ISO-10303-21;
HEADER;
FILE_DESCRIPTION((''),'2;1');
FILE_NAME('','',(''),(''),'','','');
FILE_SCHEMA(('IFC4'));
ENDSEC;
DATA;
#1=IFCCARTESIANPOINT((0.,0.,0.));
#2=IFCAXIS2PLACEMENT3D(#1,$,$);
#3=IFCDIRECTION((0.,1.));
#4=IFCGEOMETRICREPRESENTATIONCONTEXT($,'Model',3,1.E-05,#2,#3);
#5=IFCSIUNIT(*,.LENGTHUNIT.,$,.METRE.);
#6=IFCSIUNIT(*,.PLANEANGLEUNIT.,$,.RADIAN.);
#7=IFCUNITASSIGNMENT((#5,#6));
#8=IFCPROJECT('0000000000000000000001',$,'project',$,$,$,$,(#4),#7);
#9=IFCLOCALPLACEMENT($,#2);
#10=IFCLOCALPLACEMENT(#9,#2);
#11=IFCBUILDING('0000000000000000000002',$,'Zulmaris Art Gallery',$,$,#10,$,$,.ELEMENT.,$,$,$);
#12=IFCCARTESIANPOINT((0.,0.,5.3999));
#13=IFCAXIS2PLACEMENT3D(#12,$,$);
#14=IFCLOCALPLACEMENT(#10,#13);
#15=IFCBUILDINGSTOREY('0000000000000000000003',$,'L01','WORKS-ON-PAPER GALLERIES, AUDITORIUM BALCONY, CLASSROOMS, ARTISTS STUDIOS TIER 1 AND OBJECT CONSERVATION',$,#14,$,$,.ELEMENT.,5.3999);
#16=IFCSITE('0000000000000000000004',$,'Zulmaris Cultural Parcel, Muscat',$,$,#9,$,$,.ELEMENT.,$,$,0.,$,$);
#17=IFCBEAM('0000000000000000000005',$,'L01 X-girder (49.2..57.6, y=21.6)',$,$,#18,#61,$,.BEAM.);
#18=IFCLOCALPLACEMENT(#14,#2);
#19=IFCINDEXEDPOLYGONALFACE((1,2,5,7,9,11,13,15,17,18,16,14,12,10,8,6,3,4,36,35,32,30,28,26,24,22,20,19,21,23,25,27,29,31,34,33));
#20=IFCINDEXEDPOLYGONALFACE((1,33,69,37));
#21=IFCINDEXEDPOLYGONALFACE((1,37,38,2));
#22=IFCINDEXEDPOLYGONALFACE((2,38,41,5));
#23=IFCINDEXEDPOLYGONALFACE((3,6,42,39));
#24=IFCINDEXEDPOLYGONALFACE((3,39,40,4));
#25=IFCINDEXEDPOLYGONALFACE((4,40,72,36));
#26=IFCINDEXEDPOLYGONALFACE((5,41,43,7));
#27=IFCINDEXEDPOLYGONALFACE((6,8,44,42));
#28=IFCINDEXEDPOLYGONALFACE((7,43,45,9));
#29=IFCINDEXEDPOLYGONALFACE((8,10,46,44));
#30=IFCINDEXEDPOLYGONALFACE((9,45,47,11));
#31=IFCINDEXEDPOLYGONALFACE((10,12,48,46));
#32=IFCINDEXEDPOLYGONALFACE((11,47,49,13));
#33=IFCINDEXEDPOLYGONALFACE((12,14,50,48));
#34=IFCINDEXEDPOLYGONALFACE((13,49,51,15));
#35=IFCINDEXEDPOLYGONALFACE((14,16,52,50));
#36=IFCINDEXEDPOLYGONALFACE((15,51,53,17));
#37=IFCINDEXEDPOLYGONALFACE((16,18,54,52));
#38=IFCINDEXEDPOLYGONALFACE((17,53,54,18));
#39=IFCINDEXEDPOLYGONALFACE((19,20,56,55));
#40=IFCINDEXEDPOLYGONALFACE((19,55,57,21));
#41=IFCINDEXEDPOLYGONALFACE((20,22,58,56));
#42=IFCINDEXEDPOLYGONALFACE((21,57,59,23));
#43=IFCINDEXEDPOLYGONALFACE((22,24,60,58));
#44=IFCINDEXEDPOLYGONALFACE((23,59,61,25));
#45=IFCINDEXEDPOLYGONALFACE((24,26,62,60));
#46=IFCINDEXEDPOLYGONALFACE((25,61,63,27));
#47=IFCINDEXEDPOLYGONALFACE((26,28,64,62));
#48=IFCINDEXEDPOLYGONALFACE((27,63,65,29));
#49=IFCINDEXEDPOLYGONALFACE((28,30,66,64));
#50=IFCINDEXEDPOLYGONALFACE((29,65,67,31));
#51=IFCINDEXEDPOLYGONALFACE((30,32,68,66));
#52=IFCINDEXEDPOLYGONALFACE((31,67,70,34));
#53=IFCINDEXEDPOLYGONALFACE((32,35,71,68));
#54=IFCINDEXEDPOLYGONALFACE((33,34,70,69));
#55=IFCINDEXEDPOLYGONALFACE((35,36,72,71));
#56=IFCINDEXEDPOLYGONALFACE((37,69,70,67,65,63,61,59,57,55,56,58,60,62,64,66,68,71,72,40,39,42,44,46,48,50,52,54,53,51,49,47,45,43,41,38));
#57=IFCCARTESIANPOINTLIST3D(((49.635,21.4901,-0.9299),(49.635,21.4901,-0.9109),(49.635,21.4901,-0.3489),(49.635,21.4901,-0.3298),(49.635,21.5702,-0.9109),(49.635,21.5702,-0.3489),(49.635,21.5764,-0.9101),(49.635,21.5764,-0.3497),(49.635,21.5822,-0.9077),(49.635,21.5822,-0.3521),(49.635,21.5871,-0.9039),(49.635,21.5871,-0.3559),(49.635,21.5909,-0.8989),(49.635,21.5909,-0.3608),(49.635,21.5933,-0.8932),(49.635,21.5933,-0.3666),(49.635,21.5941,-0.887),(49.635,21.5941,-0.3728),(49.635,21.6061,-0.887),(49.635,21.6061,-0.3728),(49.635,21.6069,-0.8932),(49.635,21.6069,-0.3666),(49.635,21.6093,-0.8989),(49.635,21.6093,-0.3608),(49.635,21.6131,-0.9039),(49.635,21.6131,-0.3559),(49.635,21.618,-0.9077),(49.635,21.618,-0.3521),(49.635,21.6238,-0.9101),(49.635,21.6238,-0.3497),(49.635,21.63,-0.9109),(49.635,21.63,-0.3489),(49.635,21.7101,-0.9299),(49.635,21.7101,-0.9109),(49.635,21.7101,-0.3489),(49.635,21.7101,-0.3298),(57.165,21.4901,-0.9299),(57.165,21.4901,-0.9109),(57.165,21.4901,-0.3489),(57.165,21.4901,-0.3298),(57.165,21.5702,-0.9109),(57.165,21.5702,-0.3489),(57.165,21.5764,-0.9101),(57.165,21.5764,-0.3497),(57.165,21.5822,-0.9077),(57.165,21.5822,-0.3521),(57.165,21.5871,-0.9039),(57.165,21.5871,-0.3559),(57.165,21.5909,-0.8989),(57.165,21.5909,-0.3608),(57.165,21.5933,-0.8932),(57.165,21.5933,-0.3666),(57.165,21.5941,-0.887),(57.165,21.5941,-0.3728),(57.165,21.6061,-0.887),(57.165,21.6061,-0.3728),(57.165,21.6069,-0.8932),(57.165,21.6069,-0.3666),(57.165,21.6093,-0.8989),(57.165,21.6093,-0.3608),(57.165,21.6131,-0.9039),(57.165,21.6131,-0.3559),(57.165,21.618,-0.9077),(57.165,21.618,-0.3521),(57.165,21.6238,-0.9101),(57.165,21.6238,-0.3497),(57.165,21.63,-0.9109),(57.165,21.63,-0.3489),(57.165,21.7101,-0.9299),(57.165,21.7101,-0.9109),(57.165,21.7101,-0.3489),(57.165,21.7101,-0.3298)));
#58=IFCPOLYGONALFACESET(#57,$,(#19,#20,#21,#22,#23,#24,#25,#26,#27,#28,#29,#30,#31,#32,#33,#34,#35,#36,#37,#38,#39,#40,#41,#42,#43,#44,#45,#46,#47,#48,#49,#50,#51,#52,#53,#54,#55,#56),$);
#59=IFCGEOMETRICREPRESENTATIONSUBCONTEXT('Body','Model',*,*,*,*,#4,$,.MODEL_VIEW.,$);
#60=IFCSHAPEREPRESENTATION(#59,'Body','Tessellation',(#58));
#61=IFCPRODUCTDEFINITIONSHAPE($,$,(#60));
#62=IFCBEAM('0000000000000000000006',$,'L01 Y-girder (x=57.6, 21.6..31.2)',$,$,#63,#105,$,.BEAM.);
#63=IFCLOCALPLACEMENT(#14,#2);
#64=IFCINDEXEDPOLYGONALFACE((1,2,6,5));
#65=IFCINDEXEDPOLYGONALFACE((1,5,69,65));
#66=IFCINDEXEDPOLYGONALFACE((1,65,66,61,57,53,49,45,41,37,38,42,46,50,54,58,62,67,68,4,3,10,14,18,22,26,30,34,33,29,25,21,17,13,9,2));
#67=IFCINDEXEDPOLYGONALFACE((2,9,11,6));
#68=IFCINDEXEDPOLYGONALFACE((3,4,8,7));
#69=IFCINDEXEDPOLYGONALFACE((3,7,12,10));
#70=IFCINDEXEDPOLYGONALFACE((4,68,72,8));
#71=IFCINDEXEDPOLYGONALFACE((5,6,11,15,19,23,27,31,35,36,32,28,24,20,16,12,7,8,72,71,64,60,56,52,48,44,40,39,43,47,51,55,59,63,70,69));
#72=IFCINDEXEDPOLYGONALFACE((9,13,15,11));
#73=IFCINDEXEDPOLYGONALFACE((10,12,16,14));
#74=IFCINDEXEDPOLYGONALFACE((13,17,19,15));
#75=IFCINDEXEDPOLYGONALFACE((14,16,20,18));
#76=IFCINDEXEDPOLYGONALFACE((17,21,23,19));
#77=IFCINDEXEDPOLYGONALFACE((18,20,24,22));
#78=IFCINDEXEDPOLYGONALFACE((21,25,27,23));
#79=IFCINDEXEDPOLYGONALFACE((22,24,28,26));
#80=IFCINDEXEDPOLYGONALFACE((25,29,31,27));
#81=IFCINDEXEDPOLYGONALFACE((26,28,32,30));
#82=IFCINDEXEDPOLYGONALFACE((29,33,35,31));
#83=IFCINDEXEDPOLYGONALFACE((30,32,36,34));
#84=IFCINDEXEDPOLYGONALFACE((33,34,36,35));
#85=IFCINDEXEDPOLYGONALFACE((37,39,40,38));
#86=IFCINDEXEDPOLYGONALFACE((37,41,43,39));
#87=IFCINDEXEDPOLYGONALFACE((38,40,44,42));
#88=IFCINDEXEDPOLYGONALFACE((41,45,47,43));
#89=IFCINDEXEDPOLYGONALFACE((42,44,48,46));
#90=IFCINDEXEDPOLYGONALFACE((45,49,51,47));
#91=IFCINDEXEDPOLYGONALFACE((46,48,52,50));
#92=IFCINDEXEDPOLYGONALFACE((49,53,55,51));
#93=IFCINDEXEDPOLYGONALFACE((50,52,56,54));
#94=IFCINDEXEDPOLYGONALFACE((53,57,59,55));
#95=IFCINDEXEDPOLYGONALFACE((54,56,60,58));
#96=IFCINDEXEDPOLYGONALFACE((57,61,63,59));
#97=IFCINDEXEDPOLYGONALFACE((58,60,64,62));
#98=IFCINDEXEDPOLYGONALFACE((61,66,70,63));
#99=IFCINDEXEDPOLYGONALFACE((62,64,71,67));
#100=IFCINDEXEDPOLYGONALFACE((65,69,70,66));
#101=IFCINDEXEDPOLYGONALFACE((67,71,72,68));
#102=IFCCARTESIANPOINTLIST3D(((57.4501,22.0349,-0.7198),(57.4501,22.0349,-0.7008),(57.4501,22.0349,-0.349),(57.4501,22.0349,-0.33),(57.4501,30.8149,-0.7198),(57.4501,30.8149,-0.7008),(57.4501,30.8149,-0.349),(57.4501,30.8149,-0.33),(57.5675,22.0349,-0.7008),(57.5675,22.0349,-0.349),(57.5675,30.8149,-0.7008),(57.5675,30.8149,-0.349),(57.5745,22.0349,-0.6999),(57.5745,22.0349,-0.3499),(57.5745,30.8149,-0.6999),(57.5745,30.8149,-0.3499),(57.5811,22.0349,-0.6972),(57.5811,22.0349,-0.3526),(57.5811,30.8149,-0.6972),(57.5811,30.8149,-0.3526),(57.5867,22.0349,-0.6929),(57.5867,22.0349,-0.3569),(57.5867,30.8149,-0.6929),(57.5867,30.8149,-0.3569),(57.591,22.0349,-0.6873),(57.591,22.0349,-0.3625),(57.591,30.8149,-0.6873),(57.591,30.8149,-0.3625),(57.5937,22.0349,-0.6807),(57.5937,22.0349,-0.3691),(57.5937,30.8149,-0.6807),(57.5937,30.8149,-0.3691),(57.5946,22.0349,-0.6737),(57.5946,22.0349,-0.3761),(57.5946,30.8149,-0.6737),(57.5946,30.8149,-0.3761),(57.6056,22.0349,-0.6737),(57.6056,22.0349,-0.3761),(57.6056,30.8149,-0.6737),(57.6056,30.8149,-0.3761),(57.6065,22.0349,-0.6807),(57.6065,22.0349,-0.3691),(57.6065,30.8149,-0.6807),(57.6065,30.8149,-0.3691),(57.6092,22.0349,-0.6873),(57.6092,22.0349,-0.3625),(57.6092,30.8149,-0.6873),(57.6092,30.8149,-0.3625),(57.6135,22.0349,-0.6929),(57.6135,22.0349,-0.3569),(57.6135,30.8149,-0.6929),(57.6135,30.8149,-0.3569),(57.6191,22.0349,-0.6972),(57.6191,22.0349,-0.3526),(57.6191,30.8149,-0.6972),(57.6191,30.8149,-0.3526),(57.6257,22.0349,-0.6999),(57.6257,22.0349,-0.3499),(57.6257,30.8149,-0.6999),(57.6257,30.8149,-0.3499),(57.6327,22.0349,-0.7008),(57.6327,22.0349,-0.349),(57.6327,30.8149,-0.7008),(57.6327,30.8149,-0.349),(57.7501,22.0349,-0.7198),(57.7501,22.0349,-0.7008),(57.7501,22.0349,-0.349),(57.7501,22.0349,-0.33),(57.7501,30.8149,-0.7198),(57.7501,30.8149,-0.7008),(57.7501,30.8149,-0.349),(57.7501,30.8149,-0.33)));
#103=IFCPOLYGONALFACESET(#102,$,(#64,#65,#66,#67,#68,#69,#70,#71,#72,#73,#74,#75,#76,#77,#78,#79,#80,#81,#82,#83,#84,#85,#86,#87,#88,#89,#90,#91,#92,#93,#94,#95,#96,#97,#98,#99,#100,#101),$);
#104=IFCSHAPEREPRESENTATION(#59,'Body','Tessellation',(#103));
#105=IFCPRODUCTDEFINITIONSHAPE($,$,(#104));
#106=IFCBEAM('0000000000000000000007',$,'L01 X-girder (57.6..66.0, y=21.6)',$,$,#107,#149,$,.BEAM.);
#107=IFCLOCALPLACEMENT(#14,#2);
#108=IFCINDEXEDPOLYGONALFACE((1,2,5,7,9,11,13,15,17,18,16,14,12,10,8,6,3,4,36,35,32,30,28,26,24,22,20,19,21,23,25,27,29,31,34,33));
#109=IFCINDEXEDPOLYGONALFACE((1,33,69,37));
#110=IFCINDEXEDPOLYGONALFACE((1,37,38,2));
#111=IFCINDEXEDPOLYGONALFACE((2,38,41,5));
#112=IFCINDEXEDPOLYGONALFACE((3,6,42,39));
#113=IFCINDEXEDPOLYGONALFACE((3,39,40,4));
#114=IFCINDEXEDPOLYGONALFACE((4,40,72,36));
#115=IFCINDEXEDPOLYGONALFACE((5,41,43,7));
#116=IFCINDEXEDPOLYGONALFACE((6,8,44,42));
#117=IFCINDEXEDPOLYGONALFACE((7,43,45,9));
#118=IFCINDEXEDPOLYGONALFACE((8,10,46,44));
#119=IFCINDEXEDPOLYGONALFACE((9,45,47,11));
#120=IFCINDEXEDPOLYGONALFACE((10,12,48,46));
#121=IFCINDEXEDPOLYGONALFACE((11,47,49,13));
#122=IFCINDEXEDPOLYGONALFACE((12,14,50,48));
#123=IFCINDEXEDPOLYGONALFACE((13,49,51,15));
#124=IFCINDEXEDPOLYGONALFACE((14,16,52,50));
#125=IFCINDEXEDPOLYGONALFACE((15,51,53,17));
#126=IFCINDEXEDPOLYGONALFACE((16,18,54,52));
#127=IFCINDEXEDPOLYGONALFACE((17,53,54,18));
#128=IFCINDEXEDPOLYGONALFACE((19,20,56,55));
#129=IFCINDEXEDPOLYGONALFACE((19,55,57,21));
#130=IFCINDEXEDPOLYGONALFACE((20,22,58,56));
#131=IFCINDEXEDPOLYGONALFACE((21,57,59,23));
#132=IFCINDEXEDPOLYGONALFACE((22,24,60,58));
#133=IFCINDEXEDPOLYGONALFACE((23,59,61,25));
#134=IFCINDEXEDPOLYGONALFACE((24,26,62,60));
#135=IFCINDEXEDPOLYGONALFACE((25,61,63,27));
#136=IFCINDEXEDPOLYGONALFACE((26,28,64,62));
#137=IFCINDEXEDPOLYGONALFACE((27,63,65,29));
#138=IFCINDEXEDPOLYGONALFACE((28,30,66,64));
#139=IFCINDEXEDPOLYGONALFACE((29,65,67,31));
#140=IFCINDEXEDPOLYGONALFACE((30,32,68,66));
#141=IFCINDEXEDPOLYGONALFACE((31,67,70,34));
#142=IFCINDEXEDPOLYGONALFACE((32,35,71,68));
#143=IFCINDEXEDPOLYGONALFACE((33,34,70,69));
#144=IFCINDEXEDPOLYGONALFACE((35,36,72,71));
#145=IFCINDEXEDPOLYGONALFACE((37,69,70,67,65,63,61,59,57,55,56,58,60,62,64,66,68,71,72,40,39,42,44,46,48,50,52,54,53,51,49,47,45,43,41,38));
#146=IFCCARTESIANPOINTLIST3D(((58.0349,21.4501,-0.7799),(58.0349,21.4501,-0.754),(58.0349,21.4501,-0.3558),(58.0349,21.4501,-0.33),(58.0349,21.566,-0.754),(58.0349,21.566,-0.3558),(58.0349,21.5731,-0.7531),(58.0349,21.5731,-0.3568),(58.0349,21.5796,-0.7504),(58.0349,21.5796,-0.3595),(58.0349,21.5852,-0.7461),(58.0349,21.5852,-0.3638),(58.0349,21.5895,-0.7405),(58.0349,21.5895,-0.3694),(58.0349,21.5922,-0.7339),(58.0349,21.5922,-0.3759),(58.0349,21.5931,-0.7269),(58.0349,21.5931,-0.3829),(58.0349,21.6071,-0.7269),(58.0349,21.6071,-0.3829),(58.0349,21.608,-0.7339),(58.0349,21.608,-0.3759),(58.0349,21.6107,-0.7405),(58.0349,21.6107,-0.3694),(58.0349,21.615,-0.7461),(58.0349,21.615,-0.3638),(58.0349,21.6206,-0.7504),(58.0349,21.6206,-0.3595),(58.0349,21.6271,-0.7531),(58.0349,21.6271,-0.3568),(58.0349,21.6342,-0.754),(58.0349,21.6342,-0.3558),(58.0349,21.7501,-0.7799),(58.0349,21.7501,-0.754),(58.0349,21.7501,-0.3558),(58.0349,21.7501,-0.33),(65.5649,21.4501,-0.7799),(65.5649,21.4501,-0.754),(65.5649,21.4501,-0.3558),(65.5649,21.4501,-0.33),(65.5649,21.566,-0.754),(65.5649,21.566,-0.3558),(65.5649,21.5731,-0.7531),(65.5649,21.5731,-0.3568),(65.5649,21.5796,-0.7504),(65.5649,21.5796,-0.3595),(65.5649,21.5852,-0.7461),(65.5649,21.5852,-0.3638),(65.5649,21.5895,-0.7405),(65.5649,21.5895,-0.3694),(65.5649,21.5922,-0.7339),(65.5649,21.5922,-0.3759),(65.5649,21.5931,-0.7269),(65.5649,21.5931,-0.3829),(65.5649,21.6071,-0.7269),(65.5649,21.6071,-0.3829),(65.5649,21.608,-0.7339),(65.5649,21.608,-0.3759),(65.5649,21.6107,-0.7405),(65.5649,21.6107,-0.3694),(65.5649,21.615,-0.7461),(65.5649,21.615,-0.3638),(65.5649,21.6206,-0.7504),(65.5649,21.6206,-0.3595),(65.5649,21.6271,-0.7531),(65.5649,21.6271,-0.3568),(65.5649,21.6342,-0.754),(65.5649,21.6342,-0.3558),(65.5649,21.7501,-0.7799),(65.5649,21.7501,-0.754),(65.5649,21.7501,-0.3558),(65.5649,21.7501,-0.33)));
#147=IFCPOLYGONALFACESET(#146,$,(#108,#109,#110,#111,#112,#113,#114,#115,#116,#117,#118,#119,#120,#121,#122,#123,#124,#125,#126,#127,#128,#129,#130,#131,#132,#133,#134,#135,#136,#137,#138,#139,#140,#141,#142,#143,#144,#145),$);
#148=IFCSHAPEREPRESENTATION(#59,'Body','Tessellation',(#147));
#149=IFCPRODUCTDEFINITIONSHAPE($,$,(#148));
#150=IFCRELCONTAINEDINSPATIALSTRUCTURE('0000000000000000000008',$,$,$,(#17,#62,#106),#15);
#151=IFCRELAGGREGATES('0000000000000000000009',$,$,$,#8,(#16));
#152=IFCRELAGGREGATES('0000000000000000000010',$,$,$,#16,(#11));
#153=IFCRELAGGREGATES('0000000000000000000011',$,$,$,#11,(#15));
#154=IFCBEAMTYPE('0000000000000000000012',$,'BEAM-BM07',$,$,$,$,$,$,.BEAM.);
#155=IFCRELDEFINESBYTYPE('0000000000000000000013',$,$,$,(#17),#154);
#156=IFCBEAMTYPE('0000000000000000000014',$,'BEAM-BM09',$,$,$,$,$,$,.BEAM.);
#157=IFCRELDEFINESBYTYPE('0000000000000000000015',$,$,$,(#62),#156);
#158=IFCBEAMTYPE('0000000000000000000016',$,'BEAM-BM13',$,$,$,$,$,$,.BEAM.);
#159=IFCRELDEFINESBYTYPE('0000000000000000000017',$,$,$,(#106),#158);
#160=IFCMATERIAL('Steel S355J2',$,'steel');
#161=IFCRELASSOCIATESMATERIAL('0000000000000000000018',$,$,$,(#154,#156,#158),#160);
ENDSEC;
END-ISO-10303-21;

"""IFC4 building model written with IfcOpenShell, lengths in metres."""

from ifc_helpers import new_model, si_unit, direction, frame, origin, origin_2d, place, context, subcontext, project, spatial, i_section, extrude, material, material_profile, profile_set, type_object, element, save


model = new_model("IFC4")

# Units and contexts
model_context = context("Model", 3, precision=1e-05, world=origin(), true_north=direction((0.0, 1.0)))
body_context = subcontext(model_context, "Body", "Model", "MODEL_VIEW")
ifc_project = project(units=[si_unit("LENGTHUNIT", "METRE"), si_unit("PLANEANGLEUNIT", "RADIAN")], contexts=[model_context])

# Site, building, storey
site_placement = place(None, origin())
site = spatial("IfcSite", under=ifc_project, at=site_placement, Name="Zulmaris Cultural Parcel, Muscat", CompositionType="ELEMENT", RefElevation=0.0)
building_placement = place(site_placement, origin())
building = spatial("IfcBuilding", under=site, at=building_placement, Name="Zulmaris Art Gallery", CompositionType="ELEMENT")
storey_placement = place(building_placement, frame((0.0, 0.0, 5.3999)))
storey = spatial("IfcBuildingStorey", under=building, at=storey_placement, Name="L01", Description="WORKS-ON-PAPER GALLERIES, AUDITORIUM BALCONY, CLASSROOMS, ARTISTS STUDIOS TIER 1 AND OBJECT CONSERVATION", CompositionType="ELEMENT", Elevation=5.3999)

# Beams
ifc_material_1 = material(Name="Steel S355J2", Category="steel")
ifc_material_profile_1 = material_profile(ifc_material_1, i_section(OverallWidth=0.22, OverallDepth=0.6001, WebThickness=0.012, FlangeThickness=0.019, FilletRadius=0.0239, at=origin_2d()), Name="IPE 600")
ifc_profile_set_1 = profile_set([ifc_material_profile_1], Name="Steel S355J2")
beam_type_1 = type_object("IfcBeamType", Name="BEAM-BM07", PredefinedType="BEAM", material=ifc_profile_set_1)
beam_1_placement = place(storey_placement, frame((49.635, 21.6001, -0.6299), z_axis=(1.0, 0.0, 0.0), x_axis=(0.0, 1.0, 0.0)))
element("IfcBeam", 1, at=beam_1_placement, inside=storey, type_object=beam_type_1, Name="L01 X-girder (49.2..57.6, y=21.6)", PredefinedType="BEAM", context=body_context, shape_type="SweptSolid", body=[
    extrude(i_section(OverallWidth=0.22, OverallDepth=0.6001, WebThickness=0.012, FlangeThickness=0.019, FilletRadius=0.0239, at=origin_2d()), origin(), (0.0, 0.0, 1.0), 7.53),
])
ifc_material_profile_2 = material_profile(ifc_material_1, i_section(OverallWidth=0.3, OverallDepth=0.3899, WebThickness=0.011, FlangeThickness=0.019, FilletRadius=0.0271, at=origin_2d()), Name="HEA 400")
ifc_profile_set_2 = profile_set([ifc_material_profile_2], Name="Steel S355J2")
beam_type_2 = type_object("IfcBeamType", Name="BEAM-BM09", PredefinedType="BEAM", material=ifc_profile_set_2)
beam_2_placement = place(storey_placement, frame((57.6001, 22.0349, -0.5249), z_axis=(0.0, 1.0, 0.0), x_axis=(-1.0, 0.0, 0.0)))
element("IfcBeam", 2, at=beam_2_placement, inside=storey, type_object=beam_type_2, Name="L01 Y-girder (x=57.6, 21.6..31.2)", PredefinedType="BEAM", context=body_context, shape_type="SweptSolid", body=[
    extrude(i_section(OverallWidth=0.3, OverallDepth=0.3899, WebThickness=0.011, FlangeThickness=0.019, FilletRadius=0.0271, at=origin_2d()), origin(), (0.0, 0.0, 1.0), 8.78),
])
ifc_material_profile_3 = material_profile(ifc_material_1, i_section(OverallWidth=0.3, OverallDepth=0.45, WebThickness=0.0139, FlangeThickness=0.0259, FilletRadius=0.0271, at=origin_2d()), Name="HEB 450")
ifc_profile_set_3 = profile_set([ifc_material_profile_3], Name="Steel S355J2")
beam_type_3 = type_object("IfcBeamType", Name="BEAM-BM13", PredefinedType="BEAM", material=ifc_profile_set_3)
beam_3_placement = place(storey_placement, frame((58.0349, 21.6001, -0.5549), z_axis=(1.0, 0.0, 0.0), x_axis=(0.0, 1.0, 0.0)))
element("IfcBeam", 3, at=beam_3_placement, inside=storey, type_object=beam_type_3, Name="L01 X-girder (57.6..66.0, y=21.6)", PredefinedType="BEAM", context=body_context, shape_type="SweptSolid", body=[
    extrude(i_section(OverallWidth=0.3, OverallDepth=0.45, WebThickness=0.0139, FlangeThickness=0.0259, FilletRadius=0.0271, at=origin_2d()), origin(), (0.0, 0.0, 1.0), 7.53),
])

save(model, "model.ifc")
